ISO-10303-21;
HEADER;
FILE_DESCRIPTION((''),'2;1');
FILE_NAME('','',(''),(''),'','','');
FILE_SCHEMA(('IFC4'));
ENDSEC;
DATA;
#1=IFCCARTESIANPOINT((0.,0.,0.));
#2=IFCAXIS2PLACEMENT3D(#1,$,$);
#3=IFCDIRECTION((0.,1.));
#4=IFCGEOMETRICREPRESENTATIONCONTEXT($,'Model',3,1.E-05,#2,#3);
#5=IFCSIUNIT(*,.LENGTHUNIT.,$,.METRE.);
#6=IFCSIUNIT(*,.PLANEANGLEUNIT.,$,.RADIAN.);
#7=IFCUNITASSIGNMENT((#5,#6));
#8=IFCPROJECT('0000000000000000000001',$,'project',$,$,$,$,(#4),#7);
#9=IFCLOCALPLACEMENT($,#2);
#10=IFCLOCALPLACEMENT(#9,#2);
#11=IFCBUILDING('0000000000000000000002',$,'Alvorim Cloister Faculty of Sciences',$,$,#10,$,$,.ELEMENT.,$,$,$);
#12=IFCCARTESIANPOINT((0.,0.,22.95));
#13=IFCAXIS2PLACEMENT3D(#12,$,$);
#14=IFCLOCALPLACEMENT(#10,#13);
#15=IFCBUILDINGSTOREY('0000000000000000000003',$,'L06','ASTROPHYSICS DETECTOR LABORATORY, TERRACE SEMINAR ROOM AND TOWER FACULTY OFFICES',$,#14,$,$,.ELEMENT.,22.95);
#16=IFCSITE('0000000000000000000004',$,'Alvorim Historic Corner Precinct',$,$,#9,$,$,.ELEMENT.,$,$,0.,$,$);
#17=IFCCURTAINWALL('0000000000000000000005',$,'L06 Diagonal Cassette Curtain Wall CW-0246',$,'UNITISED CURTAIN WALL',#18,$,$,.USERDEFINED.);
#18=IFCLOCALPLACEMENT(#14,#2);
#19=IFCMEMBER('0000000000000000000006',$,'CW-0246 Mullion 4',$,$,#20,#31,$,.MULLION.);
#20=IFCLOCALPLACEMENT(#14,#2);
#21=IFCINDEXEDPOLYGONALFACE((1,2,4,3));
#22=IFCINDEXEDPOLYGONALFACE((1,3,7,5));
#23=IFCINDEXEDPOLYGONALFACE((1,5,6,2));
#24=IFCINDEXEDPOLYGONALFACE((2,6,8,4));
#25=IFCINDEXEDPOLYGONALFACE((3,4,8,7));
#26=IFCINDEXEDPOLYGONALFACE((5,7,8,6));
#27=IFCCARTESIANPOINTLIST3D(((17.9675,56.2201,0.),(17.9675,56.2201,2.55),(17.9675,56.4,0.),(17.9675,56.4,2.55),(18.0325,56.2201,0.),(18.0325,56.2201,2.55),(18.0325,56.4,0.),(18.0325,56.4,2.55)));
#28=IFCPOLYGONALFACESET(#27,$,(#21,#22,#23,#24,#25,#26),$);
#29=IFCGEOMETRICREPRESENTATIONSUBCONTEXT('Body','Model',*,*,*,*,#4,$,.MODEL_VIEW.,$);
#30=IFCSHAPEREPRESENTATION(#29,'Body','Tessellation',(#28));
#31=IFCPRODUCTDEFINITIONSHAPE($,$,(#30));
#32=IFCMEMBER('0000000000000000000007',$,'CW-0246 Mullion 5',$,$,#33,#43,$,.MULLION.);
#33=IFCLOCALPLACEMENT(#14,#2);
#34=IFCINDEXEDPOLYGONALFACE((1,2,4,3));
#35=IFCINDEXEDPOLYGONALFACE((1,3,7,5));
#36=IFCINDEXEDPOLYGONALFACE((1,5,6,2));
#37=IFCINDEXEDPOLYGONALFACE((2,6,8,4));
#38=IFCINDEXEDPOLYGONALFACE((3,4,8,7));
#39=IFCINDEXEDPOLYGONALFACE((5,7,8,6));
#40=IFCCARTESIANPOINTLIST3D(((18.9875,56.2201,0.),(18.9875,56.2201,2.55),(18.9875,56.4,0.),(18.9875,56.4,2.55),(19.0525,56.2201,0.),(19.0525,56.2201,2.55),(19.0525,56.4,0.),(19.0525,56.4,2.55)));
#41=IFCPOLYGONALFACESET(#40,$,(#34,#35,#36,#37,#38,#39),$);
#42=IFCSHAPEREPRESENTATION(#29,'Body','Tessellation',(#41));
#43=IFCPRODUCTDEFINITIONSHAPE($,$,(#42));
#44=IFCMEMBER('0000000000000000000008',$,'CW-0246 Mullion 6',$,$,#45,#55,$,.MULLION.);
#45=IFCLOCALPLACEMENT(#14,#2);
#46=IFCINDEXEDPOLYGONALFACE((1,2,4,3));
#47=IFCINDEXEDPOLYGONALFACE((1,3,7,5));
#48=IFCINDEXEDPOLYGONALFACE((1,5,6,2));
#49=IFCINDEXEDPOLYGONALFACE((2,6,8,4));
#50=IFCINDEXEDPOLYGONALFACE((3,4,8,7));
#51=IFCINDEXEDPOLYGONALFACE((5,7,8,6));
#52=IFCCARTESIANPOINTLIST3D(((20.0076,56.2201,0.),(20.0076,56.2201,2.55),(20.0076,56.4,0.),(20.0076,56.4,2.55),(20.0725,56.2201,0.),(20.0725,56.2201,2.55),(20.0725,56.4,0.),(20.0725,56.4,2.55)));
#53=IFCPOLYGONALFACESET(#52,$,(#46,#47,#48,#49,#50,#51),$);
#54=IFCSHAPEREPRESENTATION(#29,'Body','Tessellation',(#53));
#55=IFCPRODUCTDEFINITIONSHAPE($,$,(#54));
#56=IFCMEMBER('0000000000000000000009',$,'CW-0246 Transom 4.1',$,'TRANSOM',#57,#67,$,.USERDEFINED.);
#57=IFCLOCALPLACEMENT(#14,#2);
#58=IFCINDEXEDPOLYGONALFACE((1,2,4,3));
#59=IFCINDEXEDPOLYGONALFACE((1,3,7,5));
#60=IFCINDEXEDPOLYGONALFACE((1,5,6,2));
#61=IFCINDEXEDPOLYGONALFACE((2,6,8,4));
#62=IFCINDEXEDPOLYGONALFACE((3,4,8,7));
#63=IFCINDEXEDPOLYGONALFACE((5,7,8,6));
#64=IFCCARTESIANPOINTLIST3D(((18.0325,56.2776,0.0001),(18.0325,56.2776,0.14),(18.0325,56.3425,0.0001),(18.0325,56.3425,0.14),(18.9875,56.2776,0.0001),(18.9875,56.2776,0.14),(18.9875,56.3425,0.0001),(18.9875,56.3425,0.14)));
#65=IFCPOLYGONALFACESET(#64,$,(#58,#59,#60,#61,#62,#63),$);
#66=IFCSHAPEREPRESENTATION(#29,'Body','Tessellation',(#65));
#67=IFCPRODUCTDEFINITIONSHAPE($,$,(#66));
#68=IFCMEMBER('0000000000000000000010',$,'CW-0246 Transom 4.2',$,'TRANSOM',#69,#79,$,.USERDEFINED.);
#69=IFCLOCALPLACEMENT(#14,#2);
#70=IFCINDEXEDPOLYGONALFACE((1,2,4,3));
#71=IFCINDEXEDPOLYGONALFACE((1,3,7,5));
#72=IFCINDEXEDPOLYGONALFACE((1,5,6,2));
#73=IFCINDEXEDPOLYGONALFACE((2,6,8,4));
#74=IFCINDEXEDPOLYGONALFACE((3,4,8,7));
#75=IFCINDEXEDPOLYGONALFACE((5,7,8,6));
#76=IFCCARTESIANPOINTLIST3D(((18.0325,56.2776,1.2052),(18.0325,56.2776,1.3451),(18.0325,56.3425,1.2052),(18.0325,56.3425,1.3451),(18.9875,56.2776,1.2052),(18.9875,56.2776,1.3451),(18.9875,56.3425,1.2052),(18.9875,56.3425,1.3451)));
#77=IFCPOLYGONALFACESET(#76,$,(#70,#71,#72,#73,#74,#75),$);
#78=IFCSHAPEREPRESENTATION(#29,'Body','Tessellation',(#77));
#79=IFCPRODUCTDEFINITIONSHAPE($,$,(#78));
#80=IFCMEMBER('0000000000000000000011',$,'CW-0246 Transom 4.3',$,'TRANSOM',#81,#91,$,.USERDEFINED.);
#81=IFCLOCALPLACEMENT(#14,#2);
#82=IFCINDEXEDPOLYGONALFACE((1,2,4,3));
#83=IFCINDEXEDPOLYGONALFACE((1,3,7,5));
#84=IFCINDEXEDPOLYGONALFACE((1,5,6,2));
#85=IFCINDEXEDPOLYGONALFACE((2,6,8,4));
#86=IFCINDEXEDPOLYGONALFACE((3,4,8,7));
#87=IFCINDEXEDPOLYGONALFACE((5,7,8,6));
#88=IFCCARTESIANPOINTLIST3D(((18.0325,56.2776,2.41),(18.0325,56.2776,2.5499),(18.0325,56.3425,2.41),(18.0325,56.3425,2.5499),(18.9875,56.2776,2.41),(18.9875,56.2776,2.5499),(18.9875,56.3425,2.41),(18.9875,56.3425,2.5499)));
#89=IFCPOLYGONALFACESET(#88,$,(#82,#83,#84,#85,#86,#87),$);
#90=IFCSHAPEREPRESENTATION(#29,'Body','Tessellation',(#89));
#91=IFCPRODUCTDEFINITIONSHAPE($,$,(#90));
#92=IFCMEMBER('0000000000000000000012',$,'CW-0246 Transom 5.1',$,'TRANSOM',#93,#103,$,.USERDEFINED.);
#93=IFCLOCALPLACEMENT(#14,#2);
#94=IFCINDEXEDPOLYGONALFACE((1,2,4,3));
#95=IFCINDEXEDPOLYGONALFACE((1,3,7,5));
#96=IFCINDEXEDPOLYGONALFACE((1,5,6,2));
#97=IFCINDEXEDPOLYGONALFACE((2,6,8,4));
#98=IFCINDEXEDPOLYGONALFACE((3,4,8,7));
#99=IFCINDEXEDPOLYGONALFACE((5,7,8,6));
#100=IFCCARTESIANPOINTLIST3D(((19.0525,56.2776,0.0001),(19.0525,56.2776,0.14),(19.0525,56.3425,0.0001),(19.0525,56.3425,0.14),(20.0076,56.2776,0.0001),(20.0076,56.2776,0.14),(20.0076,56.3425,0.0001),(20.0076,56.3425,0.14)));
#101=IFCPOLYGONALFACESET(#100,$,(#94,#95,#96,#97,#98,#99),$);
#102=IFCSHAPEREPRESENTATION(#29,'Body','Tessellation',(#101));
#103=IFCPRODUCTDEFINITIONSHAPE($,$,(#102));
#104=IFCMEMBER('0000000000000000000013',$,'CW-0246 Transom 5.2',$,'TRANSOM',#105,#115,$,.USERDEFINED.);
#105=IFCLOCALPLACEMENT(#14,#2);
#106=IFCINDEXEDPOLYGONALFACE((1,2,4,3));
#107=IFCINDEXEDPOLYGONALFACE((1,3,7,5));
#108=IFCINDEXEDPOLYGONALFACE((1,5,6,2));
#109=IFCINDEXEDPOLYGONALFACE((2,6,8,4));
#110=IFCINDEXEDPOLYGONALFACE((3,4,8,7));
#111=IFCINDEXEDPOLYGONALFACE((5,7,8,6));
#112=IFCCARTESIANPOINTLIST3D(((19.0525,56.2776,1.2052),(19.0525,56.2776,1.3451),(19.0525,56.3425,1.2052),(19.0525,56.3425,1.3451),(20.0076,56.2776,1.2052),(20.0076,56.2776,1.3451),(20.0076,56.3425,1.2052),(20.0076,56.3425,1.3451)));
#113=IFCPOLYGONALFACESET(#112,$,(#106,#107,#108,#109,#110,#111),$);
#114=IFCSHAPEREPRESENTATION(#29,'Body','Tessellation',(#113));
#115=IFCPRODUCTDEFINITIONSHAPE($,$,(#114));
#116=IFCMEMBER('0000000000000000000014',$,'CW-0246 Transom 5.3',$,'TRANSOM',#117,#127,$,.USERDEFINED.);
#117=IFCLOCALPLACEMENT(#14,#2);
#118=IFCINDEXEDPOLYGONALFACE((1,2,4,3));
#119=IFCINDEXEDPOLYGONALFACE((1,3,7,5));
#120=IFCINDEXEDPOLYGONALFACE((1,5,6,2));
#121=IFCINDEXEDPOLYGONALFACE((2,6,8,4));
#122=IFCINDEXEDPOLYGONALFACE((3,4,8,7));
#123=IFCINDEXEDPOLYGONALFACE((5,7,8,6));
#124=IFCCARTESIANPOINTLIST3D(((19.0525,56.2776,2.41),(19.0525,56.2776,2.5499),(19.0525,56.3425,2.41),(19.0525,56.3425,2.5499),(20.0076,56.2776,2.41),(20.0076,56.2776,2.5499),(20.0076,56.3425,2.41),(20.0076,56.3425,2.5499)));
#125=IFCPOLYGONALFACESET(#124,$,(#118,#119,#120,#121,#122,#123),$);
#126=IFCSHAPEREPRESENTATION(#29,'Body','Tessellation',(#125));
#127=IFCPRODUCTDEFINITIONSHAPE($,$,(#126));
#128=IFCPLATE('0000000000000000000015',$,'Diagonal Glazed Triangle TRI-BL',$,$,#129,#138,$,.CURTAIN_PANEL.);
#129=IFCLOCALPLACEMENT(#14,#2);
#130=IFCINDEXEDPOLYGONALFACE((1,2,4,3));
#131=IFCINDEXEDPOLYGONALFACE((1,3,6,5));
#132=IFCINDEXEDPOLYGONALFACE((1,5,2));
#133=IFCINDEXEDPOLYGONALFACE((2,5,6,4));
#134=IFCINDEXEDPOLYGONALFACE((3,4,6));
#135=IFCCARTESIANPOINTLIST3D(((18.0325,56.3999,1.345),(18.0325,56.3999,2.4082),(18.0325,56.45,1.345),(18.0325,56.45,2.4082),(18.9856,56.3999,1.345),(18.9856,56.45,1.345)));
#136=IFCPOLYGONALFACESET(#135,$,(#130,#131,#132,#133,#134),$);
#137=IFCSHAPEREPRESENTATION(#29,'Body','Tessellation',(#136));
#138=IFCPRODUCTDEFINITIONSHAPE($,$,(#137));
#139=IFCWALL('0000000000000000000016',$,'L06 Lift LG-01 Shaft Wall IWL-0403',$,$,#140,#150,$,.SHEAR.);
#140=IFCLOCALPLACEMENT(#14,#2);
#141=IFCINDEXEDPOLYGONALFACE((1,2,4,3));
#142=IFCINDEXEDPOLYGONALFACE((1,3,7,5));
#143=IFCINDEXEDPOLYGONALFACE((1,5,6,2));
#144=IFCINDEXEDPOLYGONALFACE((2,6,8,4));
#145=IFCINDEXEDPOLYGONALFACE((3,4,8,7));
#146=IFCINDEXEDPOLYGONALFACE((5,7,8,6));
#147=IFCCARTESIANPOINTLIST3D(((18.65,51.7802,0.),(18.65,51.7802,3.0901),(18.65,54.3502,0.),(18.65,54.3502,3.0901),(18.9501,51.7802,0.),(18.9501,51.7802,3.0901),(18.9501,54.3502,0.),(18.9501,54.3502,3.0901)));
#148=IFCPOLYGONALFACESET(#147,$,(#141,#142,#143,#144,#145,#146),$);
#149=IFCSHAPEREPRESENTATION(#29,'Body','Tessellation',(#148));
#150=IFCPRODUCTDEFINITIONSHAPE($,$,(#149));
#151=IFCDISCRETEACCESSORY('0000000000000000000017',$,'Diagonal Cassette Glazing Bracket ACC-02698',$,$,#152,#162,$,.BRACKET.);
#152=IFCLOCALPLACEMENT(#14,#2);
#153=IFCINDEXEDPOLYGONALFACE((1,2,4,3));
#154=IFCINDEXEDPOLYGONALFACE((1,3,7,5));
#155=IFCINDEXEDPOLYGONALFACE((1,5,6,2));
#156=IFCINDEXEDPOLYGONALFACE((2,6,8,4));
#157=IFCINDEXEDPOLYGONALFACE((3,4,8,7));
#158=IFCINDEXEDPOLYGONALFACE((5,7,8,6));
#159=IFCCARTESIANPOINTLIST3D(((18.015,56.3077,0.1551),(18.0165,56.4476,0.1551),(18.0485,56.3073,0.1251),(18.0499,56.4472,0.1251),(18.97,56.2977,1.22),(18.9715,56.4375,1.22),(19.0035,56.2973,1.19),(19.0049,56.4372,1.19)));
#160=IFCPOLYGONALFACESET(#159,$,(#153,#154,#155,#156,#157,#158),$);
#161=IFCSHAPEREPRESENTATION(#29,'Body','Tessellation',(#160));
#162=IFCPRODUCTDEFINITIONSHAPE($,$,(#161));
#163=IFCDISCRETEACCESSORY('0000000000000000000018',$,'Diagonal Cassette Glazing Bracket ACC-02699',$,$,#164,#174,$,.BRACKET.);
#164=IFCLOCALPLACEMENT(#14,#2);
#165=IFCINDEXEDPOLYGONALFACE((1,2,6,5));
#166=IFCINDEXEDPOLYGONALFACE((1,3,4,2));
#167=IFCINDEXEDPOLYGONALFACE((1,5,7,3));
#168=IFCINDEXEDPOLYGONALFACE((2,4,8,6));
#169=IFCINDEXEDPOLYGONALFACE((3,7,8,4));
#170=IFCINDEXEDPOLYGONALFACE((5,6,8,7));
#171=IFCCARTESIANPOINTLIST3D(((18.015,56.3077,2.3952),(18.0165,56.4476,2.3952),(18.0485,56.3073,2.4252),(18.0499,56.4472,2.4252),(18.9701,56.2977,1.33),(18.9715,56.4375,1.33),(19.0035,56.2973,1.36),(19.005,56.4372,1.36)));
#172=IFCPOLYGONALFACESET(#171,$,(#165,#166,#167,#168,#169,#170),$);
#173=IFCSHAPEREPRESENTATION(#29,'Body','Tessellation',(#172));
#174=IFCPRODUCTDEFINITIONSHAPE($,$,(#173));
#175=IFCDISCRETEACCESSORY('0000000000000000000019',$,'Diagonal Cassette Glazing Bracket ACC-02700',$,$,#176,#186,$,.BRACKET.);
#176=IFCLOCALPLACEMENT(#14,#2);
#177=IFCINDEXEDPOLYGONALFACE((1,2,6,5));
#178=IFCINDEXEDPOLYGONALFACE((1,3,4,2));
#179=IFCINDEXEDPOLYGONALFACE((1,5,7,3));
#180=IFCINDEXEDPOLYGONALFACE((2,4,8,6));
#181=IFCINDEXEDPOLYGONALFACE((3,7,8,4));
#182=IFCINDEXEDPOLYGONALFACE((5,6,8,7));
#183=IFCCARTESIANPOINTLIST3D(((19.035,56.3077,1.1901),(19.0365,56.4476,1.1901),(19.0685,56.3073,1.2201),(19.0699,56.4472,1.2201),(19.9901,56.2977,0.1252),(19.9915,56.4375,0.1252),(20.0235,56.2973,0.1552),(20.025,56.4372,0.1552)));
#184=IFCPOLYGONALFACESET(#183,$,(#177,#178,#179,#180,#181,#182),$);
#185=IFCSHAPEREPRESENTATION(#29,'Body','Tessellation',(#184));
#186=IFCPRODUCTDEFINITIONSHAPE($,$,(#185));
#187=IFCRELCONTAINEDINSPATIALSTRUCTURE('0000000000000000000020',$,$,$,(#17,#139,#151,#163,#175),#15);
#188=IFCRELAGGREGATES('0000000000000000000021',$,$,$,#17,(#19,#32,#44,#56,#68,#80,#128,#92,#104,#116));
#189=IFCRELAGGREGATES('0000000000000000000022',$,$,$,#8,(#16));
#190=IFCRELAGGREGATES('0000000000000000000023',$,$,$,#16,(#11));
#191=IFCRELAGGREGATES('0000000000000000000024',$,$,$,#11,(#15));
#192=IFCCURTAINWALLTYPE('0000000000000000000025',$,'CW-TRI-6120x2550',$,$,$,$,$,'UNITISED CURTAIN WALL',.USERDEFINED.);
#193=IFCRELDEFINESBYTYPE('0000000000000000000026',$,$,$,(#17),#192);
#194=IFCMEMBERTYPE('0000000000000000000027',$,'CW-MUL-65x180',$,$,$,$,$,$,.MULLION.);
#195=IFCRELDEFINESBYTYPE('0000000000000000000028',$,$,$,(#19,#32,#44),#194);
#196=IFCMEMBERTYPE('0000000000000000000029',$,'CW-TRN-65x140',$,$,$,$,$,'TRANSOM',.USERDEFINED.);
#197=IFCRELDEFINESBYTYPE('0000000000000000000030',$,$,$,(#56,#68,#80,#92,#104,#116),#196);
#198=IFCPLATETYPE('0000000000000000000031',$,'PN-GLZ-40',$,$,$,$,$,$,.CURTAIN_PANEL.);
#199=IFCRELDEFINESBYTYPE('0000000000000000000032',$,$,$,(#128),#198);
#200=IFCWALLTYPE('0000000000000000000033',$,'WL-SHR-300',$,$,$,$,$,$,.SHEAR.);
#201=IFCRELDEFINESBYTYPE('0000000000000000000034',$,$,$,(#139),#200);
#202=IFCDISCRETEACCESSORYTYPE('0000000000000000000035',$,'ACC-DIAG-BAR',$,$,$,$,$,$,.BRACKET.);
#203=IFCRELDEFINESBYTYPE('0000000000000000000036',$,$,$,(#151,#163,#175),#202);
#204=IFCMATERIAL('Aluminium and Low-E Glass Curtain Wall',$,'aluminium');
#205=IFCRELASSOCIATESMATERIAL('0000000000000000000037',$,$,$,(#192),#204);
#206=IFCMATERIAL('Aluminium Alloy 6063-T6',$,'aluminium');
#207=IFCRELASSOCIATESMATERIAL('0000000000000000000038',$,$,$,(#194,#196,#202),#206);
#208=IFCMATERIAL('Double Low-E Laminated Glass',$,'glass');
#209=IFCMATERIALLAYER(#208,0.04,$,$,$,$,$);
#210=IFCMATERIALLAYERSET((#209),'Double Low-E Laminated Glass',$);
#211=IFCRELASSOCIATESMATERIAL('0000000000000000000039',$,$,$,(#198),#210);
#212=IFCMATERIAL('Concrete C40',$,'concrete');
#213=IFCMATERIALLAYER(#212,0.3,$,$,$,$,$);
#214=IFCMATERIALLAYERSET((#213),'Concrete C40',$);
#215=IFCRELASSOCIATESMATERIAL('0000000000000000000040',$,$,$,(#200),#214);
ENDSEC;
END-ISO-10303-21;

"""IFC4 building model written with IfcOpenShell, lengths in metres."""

from ifc_helpers import new_model, si_unit, direction, frame, frame_2d, origin, origin_2d, place, context, subcontext, project, spatial, polyline, rectangle, outline, extrude, material, layer, layer_set, material_profile, profile_set, type_object, element, aggregate, save


model = new_model("IFC4")

# Units and contexts
model_context = context("Model", 3, precision=1e-05, world=origin(), true_north=direction((0.0, 1.0)))
body_context = subcontext(model_context, "Body", "Model", "MODEL_VIEW")
ifc_project = project(units=[si_unit("LENGTHUNIT", "METRE"), si_unit("PLANEANGLEUNIT", "RADIAN")], contexts=[model_context])

# Site, building, storey
site_placement = place(None, origin())
site = spatial("IfcSite", under=ifc_project, at=site_placement, Name="Alvorim Historic Corner Precinct", CompositionType="ELEMENT", RefElevation=0.0)
building_placement = place(site_placement, origin())
building = spatial("IfcBuilding", under=site, at=building_placement, Name="Alvorim Cloister Faculty of Sciences", CompositionType="ELEMENT")
storey_placement = place(building_placement, frame((0.0, 0.0, 22.95)))
storey = spatial("IfcBuildingStorey", under=building, at=storey_placement, Name="L06", Description="ASTROPHYSICS DETECTOR LABORATORY, TERRACE SEMINAR ROOM AND TOWER FACULTY OFFICES", CompositionType="ELEMENT", Elevation=22.95)

# Curtain wall, members, plate
ifc_material_1 = material(Name="Aluminium and Low-E Glass Curtain Wall", Category="aluminium")
curtain_wall_type = type_object("IfcCurtainWallType", Name="CW-TRI-6120x2550", ElementType="UNITISED CURTAIN WALL", PredefinedType="USERDEFINED", material=ifc_material_1)
curtain_wall_placement = place(storey_placement, origin())
curtain_wall = element("IfcCurtainWall", 1, at=curtain_wall_placement, inside=storey, type_object=curtain_wall_type, Name="L06 Diagonal Cassette Curtain Wall CW-0246", ObjectType="UNITISED CURTAIN WALL", PredefinedType="USERDEFINED")
ifc_material_2 = material(Name="Aluminium Alloy 6063-T6", Category="aluminium")
ifc_material_profile_1 = material_profile(ifc_material_2, rectangle(XDim=0.0649, YDim=0.1799, at=origin_2d()), Name="ALU-MUL-65x180")
ifc_profile_set_1 = profile_set([ifc_material_profile_1], Name="Aluminium Alloy 6063-T6")
member_type_1 = type_object("IfcMemberType", Name="CW-MUL-65x180", PredefinedType="MULLION", material=ifc_profile_set_1)
member_1_placement = place(storey_placement, frame((18.0, 56.3101, 0.0), z_axis=(0.0, 0.0, 1.0), x_axis=(1.0, 0.0, 0.0)))
member_1 = element("IfcMember", 2, at=member_1_placement, type_object=member_type_1, Name="CW-0246 Mullion 4", PredefinedType="MULLION", context=body_context, shape_type="SweptSolid", body=[
    extrude(rectangle(XDim=0.0649, YDim=0.1799, at=origin_2d()), origin(), (0.0, 0.0, 1.0), 2.55),
])
member_2_placement = place(storey_placement, frame((19.02, 56.3101, 0.0), z_axis=(0.0, 0.0, 1.0), x_axis=(1.0, 0.0, 0.0)))
member_2 = element("IfcMember", 3, at=member_2_placement, type_object=member_type_1, Name="CW-0246 Mullion 5", PredefinedType="MULLION", context=body_context, shape_type="SweptSolid", body=[
    extrude(rectangle(XDim=0.0649, YDim=0.1799, at=origin_2d()), origin(), (0.0, 0.0, 1.0), 2.55),
])
member_3_placement = place(storey_placement, frame((20.04, 56.3101, 0.0), z_axis=(0.0, 0.0, 1.0), x_axis=(1.0, 0.0, 0.0)))
member_3 = element("IfcMember", 4, at=member_3_placement, type_object=member_type_1, Name="CW-0246 Mullion 6", PredefinedType="MULLION", context=body_context, shape_type="SweptSolid", body=[
    extrude(rectangle(XDim=0.0649, YDim=0.1799, at=origin_2d()), origin(), (0.0, 0.0, 1.0), 2.55),
])
ifc_material_profile_2 = material_profile(ifc_material_2, rectangle(XDim=0.0649, YDim=0.1399, at=origin_2d()), Name="ALU-TRN-65x140")
ifc_profile_set_2 = profile_set([ifc_material_profile_2], Name="Aluminium Alloy 6063-T6")
member_type_2 = type_object("IfcMemberType", Name="CW-TRN-65x140", ElementType="TRANSOM", PredefinedType="USERDEFINED", material=ifc_profile_set_2)
member_4_placement = place(storey_placement, frame((18.0325, 56.3101, 0.0701), z_axis=(1.0, 0.0, 0.0), x_axis=(0.0, 1.0, 0.0)))
member_4 = element("IfcMember", 5, at=member_4_placement, type_object=member_type_2, Name="CW-0246 Transom 4.1", ObjectType="TRANSOM", PredefinedType="USERDEFINED", context=body_context, shape_type="SweptSolid", body=[
    extrude(rectangle(XDim=0.0649, YDim=0.1399, at=origin_2d()), origin(), (0.0, 0.0, 1.0), 0.9551),
])
member_5_placement = place(storey_placement, frame((18.0325, 56.3101, 1.2751), z_axis=(1.0, 0.0, 0.0), x_axis=(0.0, 1.0, 0.0)))
member_5 = element("IfcMember", 6, at=member_5_placement, type_object=member_type_2, Name="CW-0246 Transom 4.2", ObjectType="TRANSOM", PredefinedType="USERDEFINED", context=body_context, shape_type="SweptSolid", body=[
    extrude(rectangle(XDim=0.0649, YDim=0.1399, at=origin_2d()), origin(), (0.0, 0.0, 1.0), 0.9551),
])
member_6_placement = place(storey_placement, frame((18.0325, 56.3101, 2.48), z_axis=(1.0, 0.0, 0.0), x_axis=(0.0, 1.0, 0.0)))
member_6 = element("IfcMember", 7, at=member_6_placement, type_object=member_type_2, Name="CW-0246 Transom 4.3", ObjectType="TRANSOM", PredefinedType="USERDEFINED", context=body_context, shape_type="SweptSolid", body=[
    extrude(rectangle(XDim=0.0649, YDim=0.1399, at=origin_2d()), origin(), (0.0, 0.0, 1.0), 0.9551),
])
member_7_placement = place(storey_placement, frame((19.0525, 56.3101, 0.0701), z_axis=(1.0, 0.0, 0.0), x_axis=(0.0, 1.0, 0.0)))
member_7 = element("IfcMember", 8, at=member_7_placement, type_object=member_type_2, Name="CW-0246 Transom 5.1", ObjectType="TRANSOM", PredefinedType="USERDEFINED", context=body_context, shape_type="SweptSolid", body=[
    extrude(rectangle(XDim=0.0649, YDim=0.1399, at=origin_2d()), origin(), (0.0, 0.0, 1.0), 0.9551),
])
member_8_placement = place(storey_placement, frame((19.0525, 56.3101, 1.2751), z_axis=(1.0, 0.0, 0.0), x_axis=(0.0, 1.0, 0.0)))
member_8 = element("IfcMember", 9, at=member_8_placement, type_object=member_type_2, Name="CW-0246 Transom 5.2", ObjectType="TRANSOM", PredefinedType="USERDEFINED", context=body_context, shape_type="SweptSolid", body=[
    extrude(rectangle(XDim=0.0649, YDim=0.1399, at=origin_2d()), origin(), (0.0, 0.0, 1.0), 0.9551),
])
member_9_placement = place(storey_placement, frame((19.0525, 56.3101, 2.48), z_axis=(1.0, 0.0, 0.0), x_axis=(0.0, 1.0, 0.0)))
member_9 = element("IfcMember", 10, at=member_9_placement, type_object=member_type_2, Name="CW-0246 Transom 5.3", ObjectType="TRANSOM", PredefinedType="USERDEFINED", context=body_context, shape_type="SweptSolid", body=[
    extrude(rectangle(XDim=0.0649, YDim=0.1399, at=origin_2d()), origin(), (0.0, 0.0, 1.0), 0.9551),
])
ifc_material_3 = material(Name="Double Low-E Laminated Glass", Category="glass")
ifc_layer_1 = layer(ifc_material_3, 0.04)
ifc_layer_set_1 = layer_set([ifc_layer_1], Name="Double Low-E Laminated Glass")
plate_type = type_object("IfcPlateType", Name="PN-GLZ-40", PredefinedType="CURTAIN_PANEL", material=ifc_layer_set_1)
plate_1_placement = place(storey_placement, frame((18.0325, 56.425, 1.345), z_axis=(0.0, 0.0, 1.0), x_axis=(1.0, 0.0, 0.0)))
plate_1 = element("IfcPlate", 11, at=plate_1_placement, type_object=plate_type, Name="Diagonal Glazed Triangle TRI-BL", PredefinedType="CURTAIN_PANEL", context=body_context, shape_type="SweptSolid", body=[
    extrude(outline(polyline([(0.0, 0.0), (0.9531, 0.0), (0.0, 1.0632), (0.0, 0.0)])), frame((0.0, 0.0249, 0.0), z_axis=(0.0, -1.0, 0.0), x_axis=(1.0, 0.0, 0.0)), (0.0, 0.0, 1.0), 0.05),
])
aggregate(curtain_wall, [member_1, member_2, member_3, member_4, member_5, member_6, plate_1, member_7, member_8, member_9])

# Wall
ifc_material_4 = material(Name="Concrete C40", Category="concrete")
ifc_layer_2 = layer(ifc_material_4, 0.3)
ifc_layer_set_2 = layer_set([ifc_layer_2], Name="Concrete C40")
wall_type = type_object("IfcWallType", Name="WL-SHR-300", PredefinedType="SHEAR", material=ifc_layer_set_2)
wall_placement = place(storey_placement, frame((18.8, 51.78, 0.0), z_axis=(0.0, 0.0, 1.0), x_axis=(0.0, 1.0, 0.0)))
element("IfcWall", 12, at=wall_placement, inside=storey, type_object=wall_type, Name="L06 Lift LG-01 Shaft Wall IWL-0403", PredefinedType="SHEAR", context=body_context, shape_type="SweptSolid", body=[
    extrude(rectangle(XDim=2.5701, YDim=0.3, at=frame_2d((1.2852, 0.0))), origin(), (0.0, 0.0, 1.0), 3.0901),
])

# Discrete accessories
discrete_accessory_type = type_object("IfcDiscreteAccessoryType", Name="ACC-DIAG-BAR", PredefinedType="BRACKET", material=ifc_material_2)
discrete_accessory_1_placement = place(storey_placement, frame((18.0325, 56.3774, 0.1401), z_axis=(0.667646, -0.006997, 0.744446), x_axis=(0.01048, 0.999945, 0.0)))
element("IfcDiscreteAccessory", 13, at=discrete_accessory_1_placement, inside=storey, type_object=discrete_accessory_type, Name="Diagonal Cassette Glazing Bracket ACC-02698", PredefinedType="BRACKET", context=body_context, shape_type="SweptSolid", body=[
    extrude(rectangle(XDim=0.1399, YDim=0.0449, at=origin_2d()), origin(), (0.0, 0.0, 1.0), 1.4304),
])
discrete_accessory_2_placement = place(storey_placement, frame((18.0325, 56.3774, 2.4102), z_axis=(0.667561, -0.006996, -0.744522), x_axis=(0.01048, 0.999945, 0.0)))
element("IfcDiscreteAccessory", 14, at=discrete_accessory_2_placement, inside=storey, type_object=discrete_accessory_type, Name="Diagonal Cassette Glazing Bracket ACC-02699", PredefinedType="BRACKET", context=body_context, shape_type="SweptSolid", body=[
    extrude(rectangle(XDim=0.1399, YDim=0.0449, at=origin_2d()), origin(), (0.0, 0.0, 1.0), 1.4307),
])
discrete_accessory_3_placement = place(storey_placement, frame((19.0525, 56.3774, 1.2051), z_axis=(0.667646, -0.006997, -0.744446), x_axis=(0.01048, 0.999945, 0.0)))
element("IfcDiscreteAccessory", 15, at=discrete_accessory_3_placement, inside=storey, type_object=discrete_accessory_type, Name="Diagonal Cassette Glazing Bracket ACC-02700", PredefinedType="BRACKET", context=body_context, shape_type="SweptSolid", body=[
    extrude(rectangle(XDim=0.1399, YDim=0.0449, at=origin_2d()), origin(), (0.0, 0.0, 1.0), 1.4304),
])

save(model, "model.ifc")
